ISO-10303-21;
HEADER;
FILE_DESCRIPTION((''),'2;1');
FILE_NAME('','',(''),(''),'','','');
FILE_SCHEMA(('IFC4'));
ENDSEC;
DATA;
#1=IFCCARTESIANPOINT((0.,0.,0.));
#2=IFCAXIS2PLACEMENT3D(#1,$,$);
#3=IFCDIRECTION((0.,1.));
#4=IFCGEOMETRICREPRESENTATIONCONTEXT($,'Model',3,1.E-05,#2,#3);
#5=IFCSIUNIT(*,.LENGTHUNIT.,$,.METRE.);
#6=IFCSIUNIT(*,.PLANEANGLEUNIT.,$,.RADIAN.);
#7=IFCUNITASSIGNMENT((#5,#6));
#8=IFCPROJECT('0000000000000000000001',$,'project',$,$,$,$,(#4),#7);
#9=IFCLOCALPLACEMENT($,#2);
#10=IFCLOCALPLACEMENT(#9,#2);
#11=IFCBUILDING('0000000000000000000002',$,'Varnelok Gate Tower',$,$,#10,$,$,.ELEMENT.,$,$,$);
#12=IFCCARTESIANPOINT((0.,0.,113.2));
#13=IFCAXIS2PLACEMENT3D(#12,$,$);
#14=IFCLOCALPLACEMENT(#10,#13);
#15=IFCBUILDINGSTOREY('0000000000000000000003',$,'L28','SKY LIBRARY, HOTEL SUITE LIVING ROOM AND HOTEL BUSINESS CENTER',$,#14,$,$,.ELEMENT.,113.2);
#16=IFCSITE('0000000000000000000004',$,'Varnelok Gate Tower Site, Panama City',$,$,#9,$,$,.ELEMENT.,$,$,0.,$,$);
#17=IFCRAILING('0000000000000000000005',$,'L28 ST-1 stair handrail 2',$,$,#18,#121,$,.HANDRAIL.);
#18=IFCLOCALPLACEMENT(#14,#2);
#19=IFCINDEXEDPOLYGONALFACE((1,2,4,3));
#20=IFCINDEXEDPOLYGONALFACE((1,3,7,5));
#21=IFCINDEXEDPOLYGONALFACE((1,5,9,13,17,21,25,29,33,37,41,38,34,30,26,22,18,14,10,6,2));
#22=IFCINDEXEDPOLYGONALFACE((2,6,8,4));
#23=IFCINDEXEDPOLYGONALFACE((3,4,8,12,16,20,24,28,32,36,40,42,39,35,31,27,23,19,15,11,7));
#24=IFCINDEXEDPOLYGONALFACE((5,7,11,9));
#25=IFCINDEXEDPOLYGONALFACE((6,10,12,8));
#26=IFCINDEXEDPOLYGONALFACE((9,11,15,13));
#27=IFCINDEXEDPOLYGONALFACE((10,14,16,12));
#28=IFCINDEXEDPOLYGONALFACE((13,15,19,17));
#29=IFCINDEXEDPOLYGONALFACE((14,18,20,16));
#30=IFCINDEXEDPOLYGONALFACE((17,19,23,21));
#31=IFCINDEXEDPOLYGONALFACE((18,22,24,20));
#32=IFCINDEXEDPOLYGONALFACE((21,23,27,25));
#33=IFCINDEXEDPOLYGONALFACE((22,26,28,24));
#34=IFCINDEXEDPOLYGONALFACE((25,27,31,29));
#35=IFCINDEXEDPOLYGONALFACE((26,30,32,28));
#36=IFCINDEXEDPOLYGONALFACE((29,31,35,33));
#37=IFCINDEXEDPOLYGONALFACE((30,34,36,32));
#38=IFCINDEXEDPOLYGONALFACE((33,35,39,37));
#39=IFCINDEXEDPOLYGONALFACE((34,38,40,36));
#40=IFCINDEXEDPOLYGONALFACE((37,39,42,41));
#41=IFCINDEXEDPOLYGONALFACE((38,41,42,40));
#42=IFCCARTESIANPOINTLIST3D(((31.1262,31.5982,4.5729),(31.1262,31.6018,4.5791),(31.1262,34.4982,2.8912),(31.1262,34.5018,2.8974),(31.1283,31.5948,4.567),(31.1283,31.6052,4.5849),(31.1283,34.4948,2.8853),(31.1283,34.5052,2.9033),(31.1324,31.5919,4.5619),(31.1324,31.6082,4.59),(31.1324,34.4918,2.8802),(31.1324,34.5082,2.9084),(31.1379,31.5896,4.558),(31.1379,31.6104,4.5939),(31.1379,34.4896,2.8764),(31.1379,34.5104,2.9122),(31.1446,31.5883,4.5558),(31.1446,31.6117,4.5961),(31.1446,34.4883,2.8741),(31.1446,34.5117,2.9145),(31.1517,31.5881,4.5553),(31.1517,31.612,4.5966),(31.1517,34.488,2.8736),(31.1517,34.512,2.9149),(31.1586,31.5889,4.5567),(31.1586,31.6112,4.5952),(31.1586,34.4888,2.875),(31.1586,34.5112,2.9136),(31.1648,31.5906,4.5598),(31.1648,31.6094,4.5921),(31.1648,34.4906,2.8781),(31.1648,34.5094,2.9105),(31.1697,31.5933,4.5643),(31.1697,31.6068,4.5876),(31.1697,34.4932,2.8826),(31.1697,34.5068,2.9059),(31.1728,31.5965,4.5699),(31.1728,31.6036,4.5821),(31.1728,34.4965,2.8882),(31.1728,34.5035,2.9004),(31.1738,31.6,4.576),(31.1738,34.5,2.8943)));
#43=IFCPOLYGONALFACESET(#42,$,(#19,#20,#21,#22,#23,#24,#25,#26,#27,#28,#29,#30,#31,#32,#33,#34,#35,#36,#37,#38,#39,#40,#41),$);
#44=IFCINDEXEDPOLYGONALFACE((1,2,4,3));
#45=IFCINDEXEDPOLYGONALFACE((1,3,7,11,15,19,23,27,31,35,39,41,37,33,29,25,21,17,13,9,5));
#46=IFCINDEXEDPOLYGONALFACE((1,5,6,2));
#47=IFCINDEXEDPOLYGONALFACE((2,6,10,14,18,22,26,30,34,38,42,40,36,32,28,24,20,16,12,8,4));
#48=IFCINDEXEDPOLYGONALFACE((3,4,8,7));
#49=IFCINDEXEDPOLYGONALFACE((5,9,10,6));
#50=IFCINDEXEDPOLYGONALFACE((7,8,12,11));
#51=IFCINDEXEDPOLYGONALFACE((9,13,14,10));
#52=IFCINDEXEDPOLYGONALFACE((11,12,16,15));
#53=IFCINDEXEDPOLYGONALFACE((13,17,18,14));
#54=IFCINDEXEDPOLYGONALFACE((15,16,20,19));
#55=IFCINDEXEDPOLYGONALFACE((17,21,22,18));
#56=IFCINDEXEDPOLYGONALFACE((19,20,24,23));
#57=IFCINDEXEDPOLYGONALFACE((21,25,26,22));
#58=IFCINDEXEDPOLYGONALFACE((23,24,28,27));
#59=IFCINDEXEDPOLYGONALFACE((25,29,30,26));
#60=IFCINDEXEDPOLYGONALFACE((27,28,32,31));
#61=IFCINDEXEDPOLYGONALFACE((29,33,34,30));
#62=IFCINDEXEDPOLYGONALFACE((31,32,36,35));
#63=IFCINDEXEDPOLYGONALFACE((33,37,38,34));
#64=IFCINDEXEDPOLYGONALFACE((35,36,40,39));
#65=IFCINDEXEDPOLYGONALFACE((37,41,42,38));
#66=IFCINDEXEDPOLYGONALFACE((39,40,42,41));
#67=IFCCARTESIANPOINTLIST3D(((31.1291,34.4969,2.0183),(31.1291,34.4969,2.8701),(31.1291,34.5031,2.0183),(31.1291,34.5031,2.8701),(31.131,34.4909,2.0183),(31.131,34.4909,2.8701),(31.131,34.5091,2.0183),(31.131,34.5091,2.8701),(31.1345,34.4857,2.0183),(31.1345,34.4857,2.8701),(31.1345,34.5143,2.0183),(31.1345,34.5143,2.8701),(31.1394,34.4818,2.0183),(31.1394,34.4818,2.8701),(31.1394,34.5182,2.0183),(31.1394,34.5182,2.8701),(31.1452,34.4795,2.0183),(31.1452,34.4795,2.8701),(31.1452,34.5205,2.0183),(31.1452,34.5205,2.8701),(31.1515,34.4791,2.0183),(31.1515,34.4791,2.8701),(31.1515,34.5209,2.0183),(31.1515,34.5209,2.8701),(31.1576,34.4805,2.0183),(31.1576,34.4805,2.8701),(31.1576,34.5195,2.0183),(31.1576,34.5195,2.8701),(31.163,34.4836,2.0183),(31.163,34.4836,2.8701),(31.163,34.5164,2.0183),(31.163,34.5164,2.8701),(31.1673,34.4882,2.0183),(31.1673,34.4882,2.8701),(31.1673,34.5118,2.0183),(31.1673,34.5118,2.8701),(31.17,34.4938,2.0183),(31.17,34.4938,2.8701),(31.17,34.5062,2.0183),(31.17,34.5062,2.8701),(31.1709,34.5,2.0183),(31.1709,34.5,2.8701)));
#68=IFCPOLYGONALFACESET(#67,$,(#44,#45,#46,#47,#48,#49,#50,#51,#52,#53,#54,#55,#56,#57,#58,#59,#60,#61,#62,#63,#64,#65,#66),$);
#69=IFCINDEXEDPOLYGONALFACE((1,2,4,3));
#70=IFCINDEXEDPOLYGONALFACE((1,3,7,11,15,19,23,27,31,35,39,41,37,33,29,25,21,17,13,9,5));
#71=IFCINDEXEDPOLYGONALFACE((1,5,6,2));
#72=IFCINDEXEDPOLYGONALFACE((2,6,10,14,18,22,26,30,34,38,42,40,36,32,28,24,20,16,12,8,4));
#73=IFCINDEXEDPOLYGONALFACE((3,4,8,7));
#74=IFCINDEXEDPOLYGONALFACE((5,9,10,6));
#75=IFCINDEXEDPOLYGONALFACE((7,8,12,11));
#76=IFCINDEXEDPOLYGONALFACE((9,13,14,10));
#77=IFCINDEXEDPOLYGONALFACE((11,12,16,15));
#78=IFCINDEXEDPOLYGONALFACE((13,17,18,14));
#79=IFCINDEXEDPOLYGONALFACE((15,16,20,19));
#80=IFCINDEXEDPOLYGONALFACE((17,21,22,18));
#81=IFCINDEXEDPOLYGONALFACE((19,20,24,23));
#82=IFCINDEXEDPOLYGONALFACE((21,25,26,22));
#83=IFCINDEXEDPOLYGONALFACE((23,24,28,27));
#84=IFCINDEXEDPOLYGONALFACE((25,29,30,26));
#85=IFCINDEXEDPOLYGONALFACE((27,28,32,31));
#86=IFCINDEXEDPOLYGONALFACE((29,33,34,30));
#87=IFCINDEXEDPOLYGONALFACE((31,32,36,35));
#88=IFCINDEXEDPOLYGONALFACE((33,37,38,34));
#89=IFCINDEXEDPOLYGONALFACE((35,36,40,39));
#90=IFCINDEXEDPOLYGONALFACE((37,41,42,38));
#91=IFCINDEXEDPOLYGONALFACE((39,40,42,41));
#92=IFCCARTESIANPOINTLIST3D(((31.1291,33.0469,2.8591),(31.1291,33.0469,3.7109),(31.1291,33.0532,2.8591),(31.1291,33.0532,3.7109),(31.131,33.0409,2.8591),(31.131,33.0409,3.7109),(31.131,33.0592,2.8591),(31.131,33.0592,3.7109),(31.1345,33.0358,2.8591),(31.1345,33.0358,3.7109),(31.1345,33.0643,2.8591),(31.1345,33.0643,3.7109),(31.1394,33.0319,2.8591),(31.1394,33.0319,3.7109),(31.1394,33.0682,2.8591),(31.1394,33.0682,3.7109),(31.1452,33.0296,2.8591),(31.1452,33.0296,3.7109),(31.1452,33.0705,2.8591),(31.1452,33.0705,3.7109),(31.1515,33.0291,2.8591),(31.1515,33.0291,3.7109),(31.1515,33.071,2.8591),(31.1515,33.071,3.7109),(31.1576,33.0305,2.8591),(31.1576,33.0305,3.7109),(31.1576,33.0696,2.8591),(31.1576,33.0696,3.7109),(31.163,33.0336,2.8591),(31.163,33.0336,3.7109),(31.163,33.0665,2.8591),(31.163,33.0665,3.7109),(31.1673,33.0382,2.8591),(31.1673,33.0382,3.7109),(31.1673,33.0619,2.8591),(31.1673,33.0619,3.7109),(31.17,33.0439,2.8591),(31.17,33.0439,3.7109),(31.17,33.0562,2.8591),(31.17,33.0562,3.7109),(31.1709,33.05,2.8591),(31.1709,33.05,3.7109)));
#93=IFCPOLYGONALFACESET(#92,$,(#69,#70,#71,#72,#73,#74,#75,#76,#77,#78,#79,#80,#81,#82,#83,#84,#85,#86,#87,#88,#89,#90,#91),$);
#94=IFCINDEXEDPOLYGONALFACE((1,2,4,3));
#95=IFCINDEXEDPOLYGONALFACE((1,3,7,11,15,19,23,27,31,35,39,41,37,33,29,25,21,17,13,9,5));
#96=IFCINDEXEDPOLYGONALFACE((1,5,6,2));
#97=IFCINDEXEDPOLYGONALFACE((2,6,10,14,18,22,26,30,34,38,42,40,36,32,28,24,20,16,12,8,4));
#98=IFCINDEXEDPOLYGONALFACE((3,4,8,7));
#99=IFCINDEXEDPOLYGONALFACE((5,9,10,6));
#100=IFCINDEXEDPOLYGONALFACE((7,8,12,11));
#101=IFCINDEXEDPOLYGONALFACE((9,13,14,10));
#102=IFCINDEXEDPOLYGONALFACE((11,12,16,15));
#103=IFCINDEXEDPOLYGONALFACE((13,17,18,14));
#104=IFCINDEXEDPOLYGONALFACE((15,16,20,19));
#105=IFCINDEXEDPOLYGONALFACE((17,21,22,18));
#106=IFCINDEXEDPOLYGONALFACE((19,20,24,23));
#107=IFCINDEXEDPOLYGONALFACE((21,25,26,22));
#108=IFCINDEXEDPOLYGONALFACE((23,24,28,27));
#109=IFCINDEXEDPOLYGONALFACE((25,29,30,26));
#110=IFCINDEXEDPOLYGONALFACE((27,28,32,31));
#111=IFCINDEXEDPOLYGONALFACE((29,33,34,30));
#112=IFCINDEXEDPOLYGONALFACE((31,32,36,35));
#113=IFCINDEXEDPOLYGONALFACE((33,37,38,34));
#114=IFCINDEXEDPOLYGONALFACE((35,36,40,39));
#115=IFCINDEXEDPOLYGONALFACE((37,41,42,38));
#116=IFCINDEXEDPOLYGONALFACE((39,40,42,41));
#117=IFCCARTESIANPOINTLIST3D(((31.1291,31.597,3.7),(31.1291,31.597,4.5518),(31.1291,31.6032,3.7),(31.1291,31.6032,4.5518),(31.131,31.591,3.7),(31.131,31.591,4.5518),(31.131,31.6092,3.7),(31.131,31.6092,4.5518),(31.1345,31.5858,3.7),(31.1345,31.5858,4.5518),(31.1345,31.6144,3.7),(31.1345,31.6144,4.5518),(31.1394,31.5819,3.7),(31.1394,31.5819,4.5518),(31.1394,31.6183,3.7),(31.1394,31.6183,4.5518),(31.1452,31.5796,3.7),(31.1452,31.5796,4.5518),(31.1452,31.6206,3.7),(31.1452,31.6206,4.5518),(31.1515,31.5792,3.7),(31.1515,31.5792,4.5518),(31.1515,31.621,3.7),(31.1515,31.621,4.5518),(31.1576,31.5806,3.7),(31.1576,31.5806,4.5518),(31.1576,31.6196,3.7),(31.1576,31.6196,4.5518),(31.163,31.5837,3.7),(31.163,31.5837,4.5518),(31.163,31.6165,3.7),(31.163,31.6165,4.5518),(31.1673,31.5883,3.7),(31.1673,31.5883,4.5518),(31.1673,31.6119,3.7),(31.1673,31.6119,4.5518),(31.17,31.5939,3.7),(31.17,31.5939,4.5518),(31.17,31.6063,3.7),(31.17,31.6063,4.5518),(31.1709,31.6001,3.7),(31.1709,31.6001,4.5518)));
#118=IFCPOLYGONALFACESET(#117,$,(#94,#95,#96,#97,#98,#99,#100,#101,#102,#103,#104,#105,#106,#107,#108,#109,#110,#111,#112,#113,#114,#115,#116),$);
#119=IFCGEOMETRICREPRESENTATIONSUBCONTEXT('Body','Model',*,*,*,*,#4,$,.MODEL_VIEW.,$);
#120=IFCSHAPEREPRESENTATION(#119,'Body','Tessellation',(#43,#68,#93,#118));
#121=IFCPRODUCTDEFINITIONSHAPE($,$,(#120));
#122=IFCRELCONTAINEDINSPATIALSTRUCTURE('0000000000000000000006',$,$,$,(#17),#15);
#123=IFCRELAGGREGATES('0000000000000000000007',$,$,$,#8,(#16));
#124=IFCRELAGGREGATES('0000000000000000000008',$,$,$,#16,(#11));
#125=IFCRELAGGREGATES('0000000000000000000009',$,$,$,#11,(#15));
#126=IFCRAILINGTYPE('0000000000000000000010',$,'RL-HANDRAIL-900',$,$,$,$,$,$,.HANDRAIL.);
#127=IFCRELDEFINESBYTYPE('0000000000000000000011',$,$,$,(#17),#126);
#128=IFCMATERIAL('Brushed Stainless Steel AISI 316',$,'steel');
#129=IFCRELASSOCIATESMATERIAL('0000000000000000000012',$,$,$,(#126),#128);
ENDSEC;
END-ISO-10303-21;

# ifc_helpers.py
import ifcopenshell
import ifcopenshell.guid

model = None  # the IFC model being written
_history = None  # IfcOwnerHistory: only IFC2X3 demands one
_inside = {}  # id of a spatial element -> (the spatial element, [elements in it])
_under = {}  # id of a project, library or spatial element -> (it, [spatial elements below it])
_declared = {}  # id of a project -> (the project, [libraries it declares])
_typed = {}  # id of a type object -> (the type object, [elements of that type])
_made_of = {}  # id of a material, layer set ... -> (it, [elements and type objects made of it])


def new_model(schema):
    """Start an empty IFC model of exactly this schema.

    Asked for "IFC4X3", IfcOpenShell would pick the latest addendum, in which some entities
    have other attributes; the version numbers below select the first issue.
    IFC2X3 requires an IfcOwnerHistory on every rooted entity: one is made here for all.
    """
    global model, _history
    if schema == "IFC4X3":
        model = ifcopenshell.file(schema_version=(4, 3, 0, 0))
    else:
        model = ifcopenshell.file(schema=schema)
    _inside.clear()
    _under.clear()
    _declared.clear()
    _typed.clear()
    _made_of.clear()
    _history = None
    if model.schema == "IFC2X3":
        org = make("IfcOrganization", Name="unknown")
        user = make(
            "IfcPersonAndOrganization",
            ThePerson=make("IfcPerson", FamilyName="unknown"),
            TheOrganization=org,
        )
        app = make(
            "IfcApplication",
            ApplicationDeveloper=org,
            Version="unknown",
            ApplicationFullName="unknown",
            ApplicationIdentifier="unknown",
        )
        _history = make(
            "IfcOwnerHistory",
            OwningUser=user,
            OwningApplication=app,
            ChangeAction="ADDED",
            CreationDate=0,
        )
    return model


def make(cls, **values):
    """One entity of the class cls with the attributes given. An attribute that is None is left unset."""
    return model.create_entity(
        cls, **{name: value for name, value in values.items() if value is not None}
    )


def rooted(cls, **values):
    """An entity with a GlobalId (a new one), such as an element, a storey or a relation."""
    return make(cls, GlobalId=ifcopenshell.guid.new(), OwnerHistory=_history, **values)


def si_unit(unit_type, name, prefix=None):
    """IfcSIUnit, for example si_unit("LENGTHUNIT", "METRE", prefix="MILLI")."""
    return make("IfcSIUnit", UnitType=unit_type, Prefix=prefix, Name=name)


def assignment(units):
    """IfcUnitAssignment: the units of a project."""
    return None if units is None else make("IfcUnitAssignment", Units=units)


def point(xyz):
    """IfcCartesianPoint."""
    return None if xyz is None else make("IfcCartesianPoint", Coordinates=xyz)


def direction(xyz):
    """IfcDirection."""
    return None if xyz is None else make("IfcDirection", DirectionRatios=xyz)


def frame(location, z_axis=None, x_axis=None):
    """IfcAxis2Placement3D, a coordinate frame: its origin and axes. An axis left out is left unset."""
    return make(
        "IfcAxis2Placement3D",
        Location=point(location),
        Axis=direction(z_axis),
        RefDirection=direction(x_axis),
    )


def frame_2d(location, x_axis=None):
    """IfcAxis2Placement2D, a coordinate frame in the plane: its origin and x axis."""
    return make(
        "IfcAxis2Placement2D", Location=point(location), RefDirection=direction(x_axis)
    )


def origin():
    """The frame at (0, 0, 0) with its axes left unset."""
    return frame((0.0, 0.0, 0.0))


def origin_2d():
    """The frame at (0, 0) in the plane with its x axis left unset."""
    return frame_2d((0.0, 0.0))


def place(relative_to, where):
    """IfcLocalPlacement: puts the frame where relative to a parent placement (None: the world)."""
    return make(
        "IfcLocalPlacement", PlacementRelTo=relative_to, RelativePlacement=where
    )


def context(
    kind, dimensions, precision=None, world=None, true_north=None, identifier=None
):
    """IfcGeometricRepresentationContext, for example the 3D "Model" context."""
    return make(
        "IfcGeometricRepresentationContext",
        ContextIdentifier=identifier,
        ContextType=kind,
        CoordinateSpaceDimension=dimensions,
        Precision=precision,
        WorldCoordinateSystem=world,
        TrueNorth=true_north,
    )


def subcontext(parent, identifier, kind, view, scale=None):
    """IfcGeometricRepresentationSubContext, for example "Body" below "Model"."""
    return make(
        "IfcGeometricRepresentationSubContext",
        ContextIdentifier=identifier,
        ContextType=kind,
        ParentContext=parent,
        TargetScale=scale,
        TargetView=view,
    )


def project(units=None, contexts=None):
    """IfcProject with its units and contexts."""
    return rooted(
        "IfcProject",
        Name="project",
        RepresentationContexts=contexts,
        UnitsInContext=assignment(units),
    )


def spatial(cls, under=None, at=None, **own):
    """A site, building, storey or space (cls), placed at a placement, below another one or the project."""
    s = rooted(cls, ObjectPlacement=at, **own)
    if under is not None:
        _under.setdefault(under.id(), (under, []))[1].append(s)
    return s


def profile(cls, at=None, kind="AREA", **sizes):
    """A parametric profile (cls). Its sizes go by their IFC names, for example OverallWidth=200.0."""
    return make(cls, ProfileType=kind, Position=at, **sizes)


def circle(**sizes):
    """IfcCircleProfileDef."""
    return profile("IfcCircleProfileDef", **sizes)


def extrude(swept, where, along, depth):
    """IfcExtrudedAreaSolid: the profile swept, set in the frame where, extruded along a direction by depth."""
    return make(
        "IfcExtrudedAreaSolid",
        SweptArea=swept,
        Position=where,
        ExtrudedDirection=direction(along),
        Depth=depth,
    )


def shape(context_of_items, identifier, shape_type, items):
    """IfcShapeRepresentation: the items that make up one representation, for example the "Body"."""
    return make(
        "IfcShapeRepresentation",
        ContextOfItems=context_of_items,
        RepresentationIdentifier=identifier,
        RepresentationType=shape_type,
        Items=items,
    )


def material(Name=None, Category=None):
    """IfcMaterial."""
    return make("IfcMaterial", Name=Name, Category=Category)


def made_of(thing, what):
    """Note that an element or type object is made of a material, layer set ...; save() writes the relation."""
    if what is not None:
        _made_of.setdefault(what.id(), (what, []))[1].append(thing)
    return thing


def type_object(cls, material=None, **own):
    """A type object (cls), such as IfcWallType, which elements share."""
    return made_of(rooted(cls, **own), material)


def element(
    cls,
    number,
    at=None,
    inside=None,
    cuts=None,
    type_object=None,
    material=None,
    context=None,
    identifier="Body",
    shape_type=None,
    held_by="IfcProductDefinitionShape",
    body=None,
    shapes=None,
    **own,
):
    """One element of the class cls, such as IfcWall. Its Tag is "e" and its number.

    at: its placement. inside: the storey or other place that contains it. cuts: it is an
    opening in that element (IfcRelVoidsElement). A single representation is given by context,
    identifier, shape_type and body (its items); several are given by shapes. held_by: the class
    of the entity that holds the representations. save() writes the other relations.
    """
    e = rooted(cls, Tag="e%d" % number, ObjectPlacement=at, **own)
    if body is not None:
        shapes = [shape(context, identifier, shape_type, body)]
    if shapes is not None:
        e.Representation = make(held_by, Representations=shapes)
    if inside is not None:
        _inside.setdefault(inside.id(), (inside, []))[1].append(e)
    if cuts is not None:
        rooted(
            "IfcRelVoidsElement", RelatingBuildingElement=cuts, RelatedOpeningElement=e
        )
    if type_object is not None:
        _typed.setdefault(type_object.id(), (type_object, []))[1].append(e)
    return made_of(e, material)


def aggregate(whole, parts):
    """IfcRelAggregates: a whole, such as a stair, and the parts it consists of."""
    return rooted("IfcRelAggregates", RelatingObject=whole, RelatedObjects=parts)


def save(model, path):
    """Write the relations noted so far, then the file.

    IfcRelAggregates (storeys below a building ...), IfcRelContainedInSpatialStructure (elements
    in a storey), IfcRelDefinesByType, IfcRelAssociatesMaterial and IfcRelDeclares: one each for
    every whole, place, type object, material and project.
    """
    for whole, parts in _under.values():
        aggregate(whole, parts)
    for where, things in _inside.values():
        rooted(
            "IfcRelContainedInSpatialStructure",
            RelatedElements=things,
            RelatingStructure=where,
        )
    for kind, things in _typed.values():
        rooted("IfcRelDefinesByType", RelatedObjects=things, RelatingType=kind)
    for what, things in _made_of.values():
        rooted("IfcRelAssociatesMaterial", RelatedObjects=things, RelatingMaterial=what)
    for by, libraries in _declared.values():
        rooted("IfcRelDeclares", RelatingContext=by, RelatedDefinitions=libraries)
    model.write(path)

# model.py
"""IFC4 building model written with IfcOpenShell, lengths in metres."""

from ifc_helpers import new_model, si_unit, direction, frame, origin, origin_2d, place, context, subcontext, project, spatial, circle, extrude, material, type_object, element, save


model = new_model("IFC4")

# Units and contexts
model_context = context("Model", 3, precision=1e-05, world=origin(), true_north=direction((0.0, 1.0)))
body_context = subcontext(model_context, "Body", "Model", "MODEL_VIEW")
ifc_project = project(units=[si_unit("LENGTHUNIT", "METRE"), si_unit("PLANEANGLEUNIT", "RADIAN")], contexts=[model_context])

# Site, building, storey
site_placement = place(None, origin())
site = spatial("IfcSite", under=ifc_project, at=site_placement, Name="Varnelok Gate Tower Site, Panama City", CompositionType="ELEMENT", RefElevation=0.0)
building_placement = place(site_placement, origin())
building = spatial("IfcBuilding", under=site, at=building_placement, Name="Varnelok Gate Tower", CompositionType="ELEMENT")
storey_placement = place(building_placement, frame((0.0, 0.0, 113.2)))
storey = spatial("IfcBuildingStorey", under=building, at=storey_placement, Name="L28", Description="SKY LIBRARY, HOTEL SUITE LIVING ROOM AND HOTEL BUSINESS CENTER", CompositionType="ELEMENT", Elevation=113.2)

# Railing
ifc_material_1 = material(Name="Brushed Stainless Steel AISI 316", Category="steel")
railing_type_1 = type_object("IfcRailingType", Name="RL-HANDRAIL-900", PredefinedType="HANDRAIL", material=ifc_material_1)
railing_1_placement = place(storey_placement, frame((31.1499, 34.5, 2.0183)))
element("IfcRailing", 1, at=railing_1_placement, inside=storey, type_object=railing_type_1, Name="L28 ST-1 stair handrail 2", PredefinedType="HANDRAIL", context=body_context, shape_type="SweptSolid", body=[
    extrude(circle(Radius=0.0239, at=origin_2d()), frame((0.0, 0.0, 0.876), z_axis=(0.0, -0.86507, 0.501651), x_axis=(1.0, 0.0, 0.0)), (0.0, 0.0, 1.0), 3.3523),
    extrude(circle(Radius=0.021, at=origin_2d()), origin(), (0.0, 0.0, 1.0), 0.8518),
    extrude(circle(Radius=0.021, at=origin_2d()), frame((0.0, -1.45, 0.8408)), (0.0, 0.0, 1.0), 0.8518),
    extrude(circle(Radius=0.021, at=origin_2d()), frame((0.0, -2.8999, 1.6816)), (0.0, 0.0, 1.0), 0.8518),
])

save(model, "model.ifc")
